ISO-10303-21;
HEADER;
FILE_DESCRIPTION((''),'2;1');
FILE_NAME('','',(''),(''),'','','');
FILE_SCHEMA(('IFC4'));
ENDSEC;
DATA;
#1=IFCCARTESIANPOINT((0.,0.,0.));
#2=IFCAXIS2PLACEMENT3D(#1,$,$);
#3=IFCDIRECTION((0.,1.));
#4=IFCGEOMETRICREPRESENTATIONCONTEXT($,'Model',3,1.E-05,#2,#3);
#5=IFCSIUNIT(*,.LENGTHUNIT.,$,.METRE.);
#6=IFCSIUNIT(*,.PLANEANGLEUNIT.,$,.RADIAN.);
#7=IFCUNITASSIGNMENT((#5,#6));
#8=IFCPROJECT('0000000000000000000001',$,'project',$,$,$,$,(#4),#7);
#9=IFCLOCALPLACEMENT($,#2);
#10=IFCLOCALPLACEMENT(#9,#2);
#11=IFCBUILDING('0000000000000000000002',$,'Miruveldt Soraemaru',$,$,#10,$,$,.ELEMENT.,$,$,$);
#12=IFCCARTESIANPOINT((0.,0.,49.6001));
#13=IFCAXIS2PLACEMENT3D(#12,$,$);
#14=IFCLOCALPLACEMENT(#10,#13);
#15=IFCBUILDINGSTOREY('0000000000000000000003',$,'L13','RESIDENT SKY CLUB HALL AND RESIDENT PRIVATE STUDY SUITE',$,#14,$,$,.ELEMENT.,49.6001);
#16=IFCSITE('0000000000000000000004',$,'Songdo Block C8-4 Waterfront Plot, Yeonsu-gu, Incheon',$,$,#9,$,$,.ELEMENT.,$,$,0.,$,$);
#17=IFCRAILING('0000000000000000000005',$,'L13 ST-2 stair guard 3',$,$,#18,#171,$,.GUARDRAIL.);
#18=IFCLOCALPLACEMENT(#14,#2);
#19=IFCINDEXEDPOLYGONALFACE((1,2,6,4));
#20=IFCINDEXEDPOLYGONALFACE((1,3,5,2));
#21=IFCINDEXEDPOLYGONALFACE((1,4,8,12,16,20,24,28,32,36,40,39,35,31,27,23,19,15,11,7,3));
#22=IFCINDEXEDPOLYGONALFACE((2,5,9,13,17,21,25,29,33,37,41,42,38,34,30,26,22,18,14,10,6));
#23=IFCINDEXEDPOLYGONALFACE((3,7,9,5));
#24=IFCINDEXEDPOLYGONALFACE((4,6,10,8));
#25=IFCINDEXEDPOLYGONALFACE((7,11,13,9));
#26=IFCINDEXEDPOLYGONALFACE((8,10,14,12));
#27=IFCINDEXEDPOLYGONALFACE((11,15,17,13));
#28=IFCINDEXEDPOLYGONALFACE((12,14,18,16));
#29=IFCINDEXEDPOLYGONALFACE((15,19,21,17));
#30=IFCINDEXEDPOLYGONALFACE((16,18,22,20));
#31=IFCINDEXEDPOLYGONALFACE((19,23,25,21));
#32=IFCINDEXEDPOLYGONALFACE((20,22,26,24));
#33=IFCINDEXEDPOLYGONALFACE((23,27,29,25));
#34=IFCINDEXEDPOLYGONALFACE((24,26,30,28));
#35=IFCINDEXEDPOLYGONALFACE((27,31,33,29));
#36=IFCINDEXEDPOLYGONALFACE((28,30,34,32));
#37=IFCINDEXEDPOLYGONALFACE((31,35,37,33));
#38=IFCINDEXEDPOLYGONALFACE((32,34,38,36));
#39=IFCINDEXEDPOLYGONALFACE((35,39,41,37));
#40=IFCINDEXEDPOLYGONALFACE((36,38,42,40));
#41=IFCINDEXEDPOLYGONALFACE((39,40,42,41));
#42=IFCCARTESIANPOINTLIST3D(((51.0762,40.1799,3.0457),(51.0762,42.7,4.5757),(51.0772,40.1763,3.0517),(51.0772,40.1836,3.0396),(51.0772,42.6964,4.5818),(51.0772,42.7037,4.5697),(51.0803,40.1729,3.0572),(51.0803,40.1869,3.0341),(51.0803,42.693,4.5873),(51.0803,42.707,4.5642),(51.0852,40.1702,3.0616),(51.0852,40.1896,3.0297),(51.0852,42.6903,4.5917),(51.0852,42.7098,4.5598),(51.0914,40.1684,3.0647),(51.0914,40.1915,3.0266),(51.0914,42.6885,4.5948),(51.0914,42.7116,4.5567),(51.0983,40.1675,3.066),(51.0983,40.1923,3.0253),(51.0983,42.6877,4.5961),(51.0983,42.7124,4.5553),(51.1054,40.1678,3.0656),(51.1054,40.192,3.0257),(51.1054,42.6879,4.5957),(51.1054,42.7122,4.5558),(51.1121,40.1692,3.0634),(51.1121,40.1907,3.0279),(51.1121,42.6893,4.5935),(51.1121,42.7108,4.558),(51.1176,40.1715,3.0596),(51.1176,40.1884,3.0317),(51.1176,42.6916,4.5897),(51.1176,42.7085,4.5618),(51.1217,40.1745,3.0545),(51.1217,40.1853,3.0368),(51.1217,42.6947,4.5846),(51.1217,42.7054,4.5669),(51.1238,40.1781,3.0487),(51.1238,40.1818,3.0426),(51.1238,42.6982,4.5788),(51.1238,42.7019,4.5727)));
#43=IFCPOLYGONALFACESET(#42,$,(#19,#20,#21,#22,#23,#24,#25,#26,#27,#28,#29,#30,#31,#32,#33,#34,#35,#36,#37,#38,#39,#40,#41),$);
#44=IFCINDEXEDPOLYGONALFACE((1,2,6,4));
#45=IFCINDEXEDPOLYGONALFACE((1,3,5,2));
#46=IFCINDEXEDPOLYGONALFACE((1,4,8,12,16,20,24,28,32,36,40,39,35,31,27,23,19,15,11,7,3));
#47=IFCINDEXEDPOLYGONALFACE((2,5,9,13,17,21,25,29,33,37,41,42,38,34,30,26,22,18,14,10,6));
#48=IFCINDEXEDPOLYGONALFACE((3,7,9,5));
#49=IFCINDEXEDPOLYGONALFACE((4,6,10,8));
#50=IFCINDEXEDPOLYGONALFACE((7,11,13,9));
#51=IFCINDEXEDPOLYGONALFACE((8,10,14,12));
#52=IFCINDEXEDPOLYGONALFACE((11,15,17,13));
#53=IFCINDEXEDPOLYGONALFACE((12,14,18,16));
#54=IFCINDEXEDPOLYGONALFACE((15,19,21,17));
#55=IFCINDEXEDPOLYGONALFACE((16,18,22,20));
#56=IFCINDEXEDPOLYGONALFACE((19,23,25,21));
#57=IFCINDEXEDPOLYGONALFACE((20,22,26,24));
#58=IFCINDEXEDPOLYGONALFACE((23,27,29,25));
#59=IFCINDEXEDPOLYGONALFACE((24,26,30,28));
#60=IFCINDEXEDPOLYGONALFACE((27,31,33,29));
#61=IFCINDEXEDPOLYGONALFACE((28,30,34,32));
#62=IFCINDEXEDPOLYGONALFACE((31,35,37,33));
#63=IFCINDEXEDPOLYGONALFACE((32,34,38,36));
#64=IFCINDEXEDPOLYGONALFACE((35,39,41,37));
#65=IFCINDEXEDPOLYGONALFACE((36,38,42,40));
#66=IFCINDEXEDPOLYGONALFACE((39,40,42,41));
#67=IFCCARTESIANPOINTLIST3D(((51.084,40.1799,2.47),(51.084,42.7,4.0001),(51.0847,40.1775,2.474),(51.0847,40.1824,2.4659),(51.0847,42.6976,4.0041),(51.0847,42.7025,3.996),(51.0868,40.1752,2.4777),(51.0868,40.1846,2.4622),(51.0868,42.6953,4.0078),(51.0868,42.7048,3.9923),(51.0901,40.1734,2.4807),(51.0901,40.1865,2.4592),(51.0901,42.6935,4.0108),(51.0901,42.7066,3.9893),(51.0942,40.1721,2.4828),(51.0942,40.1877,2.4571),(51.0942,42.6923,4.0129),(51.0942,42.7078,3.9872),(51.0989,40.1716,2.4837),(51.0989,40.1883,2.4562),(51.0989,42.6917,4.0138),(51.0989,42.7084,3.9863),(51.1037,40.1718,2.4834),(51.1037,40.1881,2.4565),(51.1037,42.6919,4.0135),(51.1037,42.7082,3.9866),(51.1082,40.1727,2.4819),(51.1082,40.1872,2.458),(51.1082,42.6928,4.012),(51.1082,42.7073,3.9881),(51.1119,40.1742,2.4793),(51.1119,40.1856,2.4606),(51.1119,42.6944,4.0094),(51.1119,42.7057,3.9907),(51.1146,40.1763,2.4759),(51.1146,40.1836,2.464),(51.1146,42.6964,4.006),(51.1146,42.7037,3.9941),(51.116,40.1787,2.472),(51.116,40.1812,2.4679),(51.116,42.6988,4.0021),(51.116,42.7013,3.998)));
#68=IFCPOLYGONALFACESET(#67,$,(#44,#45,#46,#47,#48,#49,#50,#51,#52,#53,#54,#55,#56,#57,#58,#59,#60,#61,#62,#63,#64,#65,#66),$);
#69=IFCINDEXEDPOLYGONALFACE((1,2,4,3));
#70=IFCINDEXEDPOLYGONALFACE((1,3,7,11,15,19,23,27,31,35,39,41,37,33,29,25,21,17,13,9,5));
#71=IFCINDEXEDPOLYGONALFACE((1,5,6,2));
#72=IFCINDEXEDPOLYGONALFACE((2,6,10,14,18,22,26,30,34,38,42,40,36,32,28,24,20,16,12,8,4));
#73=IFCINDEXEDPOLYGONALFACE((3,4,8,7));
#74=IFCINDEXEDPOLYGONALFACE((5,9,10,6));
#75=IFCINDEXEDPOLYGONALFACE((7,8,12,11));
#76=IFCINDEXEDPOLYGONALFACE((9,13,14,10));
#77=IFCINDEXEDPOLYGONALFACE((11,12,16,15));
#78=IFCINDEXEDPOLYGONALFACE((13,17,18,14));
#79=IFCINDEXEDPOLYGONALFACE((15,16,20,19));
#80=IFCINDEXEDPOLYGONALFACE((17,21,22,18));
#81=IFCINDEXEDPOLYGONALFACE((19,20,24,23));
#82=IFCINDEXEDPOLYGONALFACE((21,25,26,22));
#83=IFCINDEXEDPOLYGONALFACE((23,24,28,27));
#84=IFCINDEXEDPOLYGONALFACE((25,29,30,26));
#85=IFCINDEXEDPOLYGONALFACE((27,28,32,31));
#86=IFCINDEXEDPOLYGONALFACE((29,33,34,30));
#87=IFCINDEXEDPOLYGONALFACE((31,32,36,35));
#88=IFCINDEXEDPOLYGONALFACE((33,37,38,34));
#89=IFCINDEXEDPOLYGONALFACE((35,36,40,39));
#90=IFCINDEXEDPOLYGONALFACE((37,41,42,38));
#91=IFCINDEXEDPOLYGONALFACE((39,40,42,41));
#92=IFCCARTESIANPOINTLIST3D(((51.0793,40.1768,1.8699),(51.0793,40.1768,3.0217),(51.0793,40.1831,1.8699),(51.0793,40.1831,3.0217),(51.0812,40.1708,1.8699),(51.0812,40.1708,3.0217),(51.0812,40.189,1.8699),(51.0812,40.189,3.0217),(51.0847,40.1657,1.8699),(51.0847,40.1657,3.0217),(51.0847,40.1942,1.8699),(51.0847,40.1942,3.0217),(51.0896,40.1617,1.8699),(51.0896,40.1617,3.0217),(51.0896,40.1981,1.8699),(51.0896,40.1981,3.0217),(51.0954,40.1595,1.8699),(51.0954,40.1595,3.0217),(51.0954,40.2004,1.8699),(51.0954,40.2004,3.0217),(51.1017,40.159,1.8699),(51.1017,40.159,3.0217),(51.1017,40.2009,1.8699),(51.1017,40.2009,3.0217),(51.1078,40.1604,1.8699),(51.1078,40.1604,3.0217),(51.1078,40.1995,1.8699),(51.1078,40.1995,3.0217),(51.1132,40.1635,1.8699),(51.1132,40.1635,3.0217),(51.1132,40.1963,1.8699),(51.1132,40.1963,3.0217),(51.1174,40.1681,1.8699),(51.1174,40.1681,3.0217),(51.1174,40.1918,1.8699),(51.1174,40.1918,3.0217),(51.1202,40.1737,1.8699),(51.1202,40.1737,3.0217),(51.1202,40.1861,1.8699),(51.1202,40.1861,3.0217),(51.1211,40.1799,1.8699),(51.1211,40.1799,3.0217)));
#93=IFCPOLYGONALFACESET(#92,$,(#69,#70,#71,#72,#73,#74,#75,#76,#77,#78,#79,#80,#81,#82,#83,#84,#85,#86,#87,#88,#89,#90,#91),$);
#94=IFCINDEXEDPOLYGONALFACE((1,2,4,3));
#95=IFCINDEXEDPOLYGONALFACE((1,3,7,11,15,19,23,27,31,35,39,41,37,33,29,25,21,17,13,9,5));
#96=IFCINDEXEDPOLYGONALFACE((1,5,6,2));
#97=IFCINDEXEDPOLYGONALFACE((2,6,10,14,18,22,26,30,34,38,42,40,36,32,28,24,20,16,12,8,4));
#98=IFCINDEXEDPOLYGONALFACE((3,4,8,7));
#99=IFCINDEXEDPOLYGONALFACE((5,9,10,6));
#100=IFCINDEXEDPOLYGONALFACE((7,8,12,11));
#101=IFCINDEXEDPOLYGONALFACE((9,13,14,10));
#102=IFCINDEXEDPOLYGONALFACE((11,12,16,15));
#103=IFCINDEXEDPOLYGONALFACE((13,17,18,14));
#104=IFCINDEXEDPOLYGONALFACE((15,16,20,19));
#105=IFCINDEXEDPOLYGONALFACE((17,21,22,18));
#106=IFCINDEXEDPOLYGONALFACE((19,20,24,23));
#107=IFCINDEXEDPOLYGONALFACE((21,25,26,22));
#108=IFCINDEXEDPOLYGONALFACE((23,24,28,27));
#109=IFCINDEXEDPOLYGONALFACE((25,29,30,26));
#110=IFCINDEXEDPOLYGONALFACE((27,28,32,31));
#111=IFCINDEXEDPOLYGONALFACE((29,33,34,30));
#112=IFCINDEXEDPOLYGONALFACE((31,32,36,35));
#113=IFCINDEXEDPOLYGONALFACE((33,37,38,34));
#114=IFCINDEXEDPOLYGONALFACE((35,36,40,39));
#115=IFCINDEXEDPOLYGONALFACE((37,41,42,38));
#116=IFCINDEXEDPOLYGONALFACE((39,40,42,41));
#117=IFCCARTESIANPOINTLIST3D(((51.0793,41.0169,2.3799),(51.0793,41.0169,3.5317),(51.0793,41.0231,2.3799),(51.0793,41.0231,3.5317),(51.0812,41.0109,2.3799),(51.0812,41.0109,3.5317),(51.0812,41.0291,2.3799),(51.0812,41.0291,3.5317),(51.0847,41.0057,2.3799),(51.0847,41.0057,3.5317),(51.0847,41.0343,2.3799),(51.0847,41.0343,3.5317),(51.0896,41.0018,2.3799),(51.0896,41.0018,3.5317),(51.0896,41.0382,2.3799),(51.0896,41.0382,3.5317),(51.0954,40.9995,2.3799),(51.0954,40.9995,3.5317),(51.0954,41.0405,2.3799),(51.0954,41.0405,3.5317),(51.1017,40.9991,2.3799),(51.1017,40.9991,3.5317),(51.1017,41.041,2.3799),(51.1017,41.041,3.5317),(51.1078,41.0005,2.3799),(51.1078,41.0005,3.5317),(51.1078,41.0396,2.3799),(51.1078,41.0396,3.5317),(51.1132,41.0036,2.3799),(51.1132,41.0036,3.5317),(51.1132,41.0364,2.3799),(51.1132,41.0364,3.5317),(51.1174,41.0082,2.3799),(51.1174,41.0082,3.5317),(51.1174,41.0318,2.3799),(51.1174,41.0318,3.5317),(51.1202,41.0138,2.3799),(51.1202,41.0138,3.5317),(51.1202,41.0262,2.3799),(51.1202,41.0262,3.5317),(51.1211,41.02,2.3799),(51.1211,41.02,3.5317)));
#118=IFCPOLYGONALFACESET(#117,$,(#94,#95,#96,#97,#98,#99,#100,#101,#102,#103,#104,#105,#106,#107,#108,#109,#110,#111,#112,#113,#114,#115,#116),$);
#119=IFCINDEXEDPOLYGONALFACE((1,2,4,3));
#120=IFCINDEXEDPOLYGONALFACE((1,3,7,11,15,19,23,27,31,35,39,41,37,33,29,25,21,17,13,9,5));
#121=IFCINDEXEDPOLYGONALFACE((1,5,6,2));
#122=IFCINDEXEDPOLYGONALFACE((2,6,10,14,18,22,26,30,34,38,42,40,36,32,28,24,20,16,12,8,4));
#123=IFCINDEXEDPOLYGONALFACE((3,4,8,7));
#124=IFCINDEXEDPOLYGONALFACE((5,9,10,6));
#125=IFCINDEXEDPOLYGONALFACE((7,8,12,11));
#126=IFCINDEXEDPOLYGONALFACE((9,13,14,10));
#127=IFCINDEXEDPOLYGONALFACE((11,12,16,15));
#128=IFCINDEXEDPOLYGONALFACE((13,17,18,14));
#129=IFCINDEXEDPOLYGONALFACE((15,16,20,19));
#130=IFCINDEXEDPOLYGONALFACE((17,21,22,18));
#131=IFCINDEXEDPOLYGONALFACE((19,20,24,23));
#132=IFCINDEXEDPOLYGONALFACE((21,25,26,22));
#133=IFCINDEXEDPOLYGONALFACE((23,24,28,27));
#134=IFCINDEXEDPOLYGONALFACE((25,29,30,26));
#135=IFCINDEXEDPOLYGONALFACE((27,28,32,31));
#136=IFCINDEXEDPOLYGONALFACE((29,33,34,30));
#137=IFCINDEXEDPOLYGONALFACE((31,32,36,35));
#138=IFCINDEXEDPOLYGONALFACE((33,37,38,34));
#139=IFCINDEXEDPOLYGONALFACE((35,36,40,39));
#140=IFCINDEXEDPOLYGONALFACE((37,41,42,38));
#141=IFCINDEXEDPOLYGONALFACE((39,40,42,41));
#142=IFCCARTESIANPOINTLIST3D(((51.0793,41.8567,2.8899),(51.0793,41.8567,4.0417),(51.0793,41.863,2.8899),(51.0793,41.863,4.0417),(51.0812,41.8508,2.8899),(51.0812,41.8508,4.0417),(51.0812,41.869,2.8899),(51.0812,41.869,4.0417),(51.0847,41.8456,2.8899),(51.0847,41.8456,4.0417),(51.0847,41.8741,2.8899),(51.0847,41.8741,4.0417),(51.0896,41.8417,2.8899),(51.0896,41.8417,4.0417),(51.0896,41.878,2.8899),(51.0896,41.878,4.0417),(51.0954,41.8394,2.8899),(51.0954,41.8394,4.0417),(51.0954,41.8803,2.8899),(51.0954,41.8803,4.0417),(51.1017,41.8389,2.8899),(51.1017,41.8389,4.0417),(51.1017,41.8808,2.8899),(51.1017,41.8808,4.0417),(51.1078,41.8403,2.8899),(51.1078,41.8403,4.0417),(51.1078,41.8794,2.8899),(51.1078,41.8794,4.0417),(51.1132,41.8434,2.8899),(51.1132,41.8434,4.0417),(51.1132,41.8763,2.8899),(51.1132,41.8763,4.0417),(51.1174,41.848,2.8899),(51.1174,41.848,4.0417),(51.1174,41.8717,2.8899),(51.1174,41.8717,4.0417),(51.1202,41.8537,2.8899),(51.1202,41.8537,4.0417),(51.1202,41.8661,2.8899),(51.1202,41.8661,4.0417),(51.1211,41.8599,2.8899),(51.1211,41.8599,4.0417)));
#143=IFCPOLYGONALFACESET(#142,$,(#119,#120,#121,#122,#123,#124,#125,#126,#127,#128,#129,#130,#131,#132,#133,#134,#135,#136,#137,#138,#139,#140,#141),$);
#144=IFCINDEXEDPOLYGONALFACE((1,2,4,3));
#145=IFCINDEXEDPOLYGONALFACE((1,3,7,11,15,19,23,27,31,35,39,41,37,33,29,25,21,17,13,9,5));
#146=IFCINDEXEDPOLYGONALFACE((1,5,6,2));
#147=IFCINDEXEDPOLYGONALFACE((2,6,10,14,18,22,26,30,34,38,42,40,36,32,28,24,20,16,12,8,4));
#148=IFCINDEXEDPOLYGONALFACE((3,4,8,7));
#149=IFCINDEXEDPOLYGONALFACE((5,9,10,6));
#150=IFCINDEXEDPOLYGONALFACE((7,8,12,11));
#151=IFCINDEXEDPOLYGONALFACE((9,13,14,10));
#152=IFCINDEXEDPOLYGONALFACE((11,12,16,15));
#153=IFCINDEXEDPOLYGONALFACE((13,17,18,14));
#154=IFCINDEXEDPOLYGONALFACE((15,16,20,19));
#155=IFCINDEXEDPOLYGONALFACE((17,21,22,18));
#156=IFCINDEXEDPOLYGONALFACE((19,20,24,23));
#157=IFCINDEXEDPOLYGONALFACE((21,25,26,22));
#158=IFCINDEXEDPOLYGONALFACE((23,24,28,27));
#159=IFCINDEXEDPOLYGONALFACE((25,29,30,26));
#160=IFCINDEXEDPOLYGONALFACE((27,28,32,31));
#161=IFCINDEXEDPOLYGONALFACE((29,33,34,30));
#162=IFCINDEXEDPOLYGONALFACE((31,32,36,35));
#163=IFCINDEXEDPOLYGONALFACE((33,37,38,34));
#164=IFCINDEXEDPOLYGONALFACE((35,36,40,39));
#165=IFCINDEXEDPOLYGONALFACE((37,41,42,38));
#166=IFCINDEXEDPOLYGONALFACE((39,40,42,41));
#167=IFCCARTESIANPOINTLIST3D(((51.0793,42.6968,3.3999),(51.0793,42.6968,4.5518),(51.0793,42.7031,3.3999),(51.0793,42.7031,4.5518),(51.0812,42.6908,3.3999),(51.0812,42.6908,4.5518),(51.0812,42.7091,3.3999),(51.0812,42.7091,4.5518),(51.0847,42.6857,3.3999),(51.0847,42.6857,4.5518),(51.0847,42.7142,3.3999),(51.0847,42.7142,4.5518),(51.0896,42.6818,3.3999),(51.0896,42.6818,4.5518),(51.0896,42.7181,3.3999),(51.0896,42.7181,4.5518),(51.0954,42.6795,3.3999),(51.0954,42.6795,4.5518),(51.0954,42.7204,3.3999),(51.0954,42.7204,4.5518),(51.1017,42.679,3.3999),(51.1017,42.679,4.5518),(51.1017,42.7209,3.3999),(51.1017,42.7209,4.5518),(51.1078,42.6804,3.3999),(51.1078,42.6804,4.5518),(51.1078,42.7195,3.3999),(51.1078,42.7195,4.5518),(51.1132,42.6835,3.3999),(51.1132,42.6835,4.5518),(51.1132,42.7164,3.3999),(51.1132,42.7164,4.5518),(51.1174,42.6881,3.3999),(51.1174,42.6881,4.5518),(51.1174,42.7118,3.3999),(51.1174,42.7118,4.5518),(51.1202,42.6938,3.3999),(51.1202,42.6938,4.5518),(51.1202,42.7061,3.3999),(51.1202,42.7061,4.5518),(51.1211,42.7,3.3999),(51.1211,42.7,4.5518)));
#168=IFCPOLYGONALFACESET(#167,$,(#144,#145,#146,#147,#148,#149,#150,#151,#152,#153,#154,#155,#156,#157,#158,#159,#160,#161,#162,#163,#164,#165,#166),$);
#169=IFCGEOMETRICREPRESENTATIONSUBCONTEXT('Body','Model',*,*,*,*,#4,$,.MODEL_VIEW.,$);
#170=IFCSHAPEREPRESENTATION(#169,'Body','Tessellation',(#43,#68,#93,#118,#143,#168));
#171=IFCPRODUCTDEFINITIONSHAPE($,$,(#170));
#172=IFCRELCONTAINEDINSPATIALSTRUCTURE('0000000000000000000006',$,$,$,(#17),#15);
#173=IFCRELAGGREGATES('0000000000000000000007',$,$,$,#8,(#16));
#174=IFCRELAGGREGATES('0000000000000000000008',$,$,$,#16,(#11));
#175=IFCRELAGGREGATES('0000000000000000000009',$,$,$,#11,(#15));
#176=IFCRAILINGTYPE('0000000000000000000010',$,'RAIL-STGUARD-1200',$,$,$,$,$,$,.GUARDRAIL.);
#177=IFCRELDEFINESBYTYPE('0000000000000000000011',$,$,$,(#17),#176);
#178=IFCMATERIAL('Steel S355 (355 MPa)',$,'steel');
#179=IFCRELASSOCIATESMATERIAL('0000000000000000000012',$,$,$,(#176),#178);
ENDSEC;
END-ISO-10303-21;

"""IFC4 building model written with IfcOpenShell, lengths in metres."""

from ifc_helpers import new_model, si_unit, direction, frame, origin, origin_2d, place, context, subcontext, project, spatial, circle, extrude, material, type_object, element, save


model = new_model("IFC4")

# Units and contexts
model_context = context("Model", 3, precision=1e-05, world=origin(), true_north=direction((0.0, 1.0)))
body_context = subcontext(model_context, "Body", "Model", "MODEL_VIEW")
ifc_project = project(units=[si_unit("LENGTHUNIT", "METRE"), si_unit("PLANEANGLEUNIT", "RADIAN")], contexts=[model_context])

# Site, building, storey
site_placement = place(None, origin())
site = spatial("IfcSite", under=ifc_project, at=site_placement, Name="Songdo Block C8-4 Waterfront Plot, Yeonsu-gu, Incheon", CompositionType="ELEMENT", RefElevation=0.0)
building_placement = place(site_placement, origin())
building = spatial("IfcBuilding", under=site, at=building_placement, Name="Miruveldt Soraemaru", CompositionType="ELEMENT")
storey_placement = place(building_placement, frame((0.0, 0.0, 49.6001)))
storey = spatial("IfcBuildingStorey", under=building, at=storey_placement, Name="L13", Description="RESIDENT SKY CLUB HALL AND RESIDENT PRIVATE STUDY SUITE", CompositionType="ELEMENT", Elevation=49.6001)

# Railing
ifc_material_1 = material(Name="Steel S355 (355 MPa)", Category="steel")
railing_type_1 = type_object("IfcRailingType", Name="RAIL-STGUARD-1200", PredefinedType="GUARDRAIL", material=ifc_material_1)
railing_1_placement = place(storey_placement, frame((51.1001, 40.1799, 1.8699)))
element("IfcRailing", 1, at=railing_1_placement, inside=storey, type_object=railing_type_1, Name="L13 ST-2 stair guard 3", PredefinedType="GUARDRAIL", context=body_context, shape_type="SweptSolid", body=[
    extrude(circle(Radius=0.0239, at=origin_2d()), frame((0.0, 0.0, 1.1758), z_axis=(0.0, 0.854785, 0.518982), x_axis=(-1.0, 0.0, 0.0)), (0.0, 0.0, 1.0), 2.9482),
    extrude(circle(Radius=0.0161, at=origin_2d()), frame((0.0, 0.0, 0.6001), z_axis=(0.0, 0.854785, 0.518982), x_axis=(-1.0, 0.0, 0.0)), (0.0, 0.0, 1.0), 2.9482),
    extrude(circle(Radius=0.021, at=origin_2d()), origin(), (0.0, 0.0, 1.0), 1.1519),
    extrude(circle(Radius=0.021, at=origin_2d()), frame((0.0, 0.8401, 0.51)), (0.0, 0.0, 1.0), 1.1519),
    extrude(circle(Radius=0.021, at=origin_2d()), frame((0.0, 1.6799, 1.02)), (0.0, 0.0, 1.0), 1.1519),
    extrude(circle(Radius=0.021, at=origin_2d()), frame((0.0, 2.52, 1.53)), (0.0, 0.0, 1.0), 1.1519),
])

save(model, "model.ifc")
